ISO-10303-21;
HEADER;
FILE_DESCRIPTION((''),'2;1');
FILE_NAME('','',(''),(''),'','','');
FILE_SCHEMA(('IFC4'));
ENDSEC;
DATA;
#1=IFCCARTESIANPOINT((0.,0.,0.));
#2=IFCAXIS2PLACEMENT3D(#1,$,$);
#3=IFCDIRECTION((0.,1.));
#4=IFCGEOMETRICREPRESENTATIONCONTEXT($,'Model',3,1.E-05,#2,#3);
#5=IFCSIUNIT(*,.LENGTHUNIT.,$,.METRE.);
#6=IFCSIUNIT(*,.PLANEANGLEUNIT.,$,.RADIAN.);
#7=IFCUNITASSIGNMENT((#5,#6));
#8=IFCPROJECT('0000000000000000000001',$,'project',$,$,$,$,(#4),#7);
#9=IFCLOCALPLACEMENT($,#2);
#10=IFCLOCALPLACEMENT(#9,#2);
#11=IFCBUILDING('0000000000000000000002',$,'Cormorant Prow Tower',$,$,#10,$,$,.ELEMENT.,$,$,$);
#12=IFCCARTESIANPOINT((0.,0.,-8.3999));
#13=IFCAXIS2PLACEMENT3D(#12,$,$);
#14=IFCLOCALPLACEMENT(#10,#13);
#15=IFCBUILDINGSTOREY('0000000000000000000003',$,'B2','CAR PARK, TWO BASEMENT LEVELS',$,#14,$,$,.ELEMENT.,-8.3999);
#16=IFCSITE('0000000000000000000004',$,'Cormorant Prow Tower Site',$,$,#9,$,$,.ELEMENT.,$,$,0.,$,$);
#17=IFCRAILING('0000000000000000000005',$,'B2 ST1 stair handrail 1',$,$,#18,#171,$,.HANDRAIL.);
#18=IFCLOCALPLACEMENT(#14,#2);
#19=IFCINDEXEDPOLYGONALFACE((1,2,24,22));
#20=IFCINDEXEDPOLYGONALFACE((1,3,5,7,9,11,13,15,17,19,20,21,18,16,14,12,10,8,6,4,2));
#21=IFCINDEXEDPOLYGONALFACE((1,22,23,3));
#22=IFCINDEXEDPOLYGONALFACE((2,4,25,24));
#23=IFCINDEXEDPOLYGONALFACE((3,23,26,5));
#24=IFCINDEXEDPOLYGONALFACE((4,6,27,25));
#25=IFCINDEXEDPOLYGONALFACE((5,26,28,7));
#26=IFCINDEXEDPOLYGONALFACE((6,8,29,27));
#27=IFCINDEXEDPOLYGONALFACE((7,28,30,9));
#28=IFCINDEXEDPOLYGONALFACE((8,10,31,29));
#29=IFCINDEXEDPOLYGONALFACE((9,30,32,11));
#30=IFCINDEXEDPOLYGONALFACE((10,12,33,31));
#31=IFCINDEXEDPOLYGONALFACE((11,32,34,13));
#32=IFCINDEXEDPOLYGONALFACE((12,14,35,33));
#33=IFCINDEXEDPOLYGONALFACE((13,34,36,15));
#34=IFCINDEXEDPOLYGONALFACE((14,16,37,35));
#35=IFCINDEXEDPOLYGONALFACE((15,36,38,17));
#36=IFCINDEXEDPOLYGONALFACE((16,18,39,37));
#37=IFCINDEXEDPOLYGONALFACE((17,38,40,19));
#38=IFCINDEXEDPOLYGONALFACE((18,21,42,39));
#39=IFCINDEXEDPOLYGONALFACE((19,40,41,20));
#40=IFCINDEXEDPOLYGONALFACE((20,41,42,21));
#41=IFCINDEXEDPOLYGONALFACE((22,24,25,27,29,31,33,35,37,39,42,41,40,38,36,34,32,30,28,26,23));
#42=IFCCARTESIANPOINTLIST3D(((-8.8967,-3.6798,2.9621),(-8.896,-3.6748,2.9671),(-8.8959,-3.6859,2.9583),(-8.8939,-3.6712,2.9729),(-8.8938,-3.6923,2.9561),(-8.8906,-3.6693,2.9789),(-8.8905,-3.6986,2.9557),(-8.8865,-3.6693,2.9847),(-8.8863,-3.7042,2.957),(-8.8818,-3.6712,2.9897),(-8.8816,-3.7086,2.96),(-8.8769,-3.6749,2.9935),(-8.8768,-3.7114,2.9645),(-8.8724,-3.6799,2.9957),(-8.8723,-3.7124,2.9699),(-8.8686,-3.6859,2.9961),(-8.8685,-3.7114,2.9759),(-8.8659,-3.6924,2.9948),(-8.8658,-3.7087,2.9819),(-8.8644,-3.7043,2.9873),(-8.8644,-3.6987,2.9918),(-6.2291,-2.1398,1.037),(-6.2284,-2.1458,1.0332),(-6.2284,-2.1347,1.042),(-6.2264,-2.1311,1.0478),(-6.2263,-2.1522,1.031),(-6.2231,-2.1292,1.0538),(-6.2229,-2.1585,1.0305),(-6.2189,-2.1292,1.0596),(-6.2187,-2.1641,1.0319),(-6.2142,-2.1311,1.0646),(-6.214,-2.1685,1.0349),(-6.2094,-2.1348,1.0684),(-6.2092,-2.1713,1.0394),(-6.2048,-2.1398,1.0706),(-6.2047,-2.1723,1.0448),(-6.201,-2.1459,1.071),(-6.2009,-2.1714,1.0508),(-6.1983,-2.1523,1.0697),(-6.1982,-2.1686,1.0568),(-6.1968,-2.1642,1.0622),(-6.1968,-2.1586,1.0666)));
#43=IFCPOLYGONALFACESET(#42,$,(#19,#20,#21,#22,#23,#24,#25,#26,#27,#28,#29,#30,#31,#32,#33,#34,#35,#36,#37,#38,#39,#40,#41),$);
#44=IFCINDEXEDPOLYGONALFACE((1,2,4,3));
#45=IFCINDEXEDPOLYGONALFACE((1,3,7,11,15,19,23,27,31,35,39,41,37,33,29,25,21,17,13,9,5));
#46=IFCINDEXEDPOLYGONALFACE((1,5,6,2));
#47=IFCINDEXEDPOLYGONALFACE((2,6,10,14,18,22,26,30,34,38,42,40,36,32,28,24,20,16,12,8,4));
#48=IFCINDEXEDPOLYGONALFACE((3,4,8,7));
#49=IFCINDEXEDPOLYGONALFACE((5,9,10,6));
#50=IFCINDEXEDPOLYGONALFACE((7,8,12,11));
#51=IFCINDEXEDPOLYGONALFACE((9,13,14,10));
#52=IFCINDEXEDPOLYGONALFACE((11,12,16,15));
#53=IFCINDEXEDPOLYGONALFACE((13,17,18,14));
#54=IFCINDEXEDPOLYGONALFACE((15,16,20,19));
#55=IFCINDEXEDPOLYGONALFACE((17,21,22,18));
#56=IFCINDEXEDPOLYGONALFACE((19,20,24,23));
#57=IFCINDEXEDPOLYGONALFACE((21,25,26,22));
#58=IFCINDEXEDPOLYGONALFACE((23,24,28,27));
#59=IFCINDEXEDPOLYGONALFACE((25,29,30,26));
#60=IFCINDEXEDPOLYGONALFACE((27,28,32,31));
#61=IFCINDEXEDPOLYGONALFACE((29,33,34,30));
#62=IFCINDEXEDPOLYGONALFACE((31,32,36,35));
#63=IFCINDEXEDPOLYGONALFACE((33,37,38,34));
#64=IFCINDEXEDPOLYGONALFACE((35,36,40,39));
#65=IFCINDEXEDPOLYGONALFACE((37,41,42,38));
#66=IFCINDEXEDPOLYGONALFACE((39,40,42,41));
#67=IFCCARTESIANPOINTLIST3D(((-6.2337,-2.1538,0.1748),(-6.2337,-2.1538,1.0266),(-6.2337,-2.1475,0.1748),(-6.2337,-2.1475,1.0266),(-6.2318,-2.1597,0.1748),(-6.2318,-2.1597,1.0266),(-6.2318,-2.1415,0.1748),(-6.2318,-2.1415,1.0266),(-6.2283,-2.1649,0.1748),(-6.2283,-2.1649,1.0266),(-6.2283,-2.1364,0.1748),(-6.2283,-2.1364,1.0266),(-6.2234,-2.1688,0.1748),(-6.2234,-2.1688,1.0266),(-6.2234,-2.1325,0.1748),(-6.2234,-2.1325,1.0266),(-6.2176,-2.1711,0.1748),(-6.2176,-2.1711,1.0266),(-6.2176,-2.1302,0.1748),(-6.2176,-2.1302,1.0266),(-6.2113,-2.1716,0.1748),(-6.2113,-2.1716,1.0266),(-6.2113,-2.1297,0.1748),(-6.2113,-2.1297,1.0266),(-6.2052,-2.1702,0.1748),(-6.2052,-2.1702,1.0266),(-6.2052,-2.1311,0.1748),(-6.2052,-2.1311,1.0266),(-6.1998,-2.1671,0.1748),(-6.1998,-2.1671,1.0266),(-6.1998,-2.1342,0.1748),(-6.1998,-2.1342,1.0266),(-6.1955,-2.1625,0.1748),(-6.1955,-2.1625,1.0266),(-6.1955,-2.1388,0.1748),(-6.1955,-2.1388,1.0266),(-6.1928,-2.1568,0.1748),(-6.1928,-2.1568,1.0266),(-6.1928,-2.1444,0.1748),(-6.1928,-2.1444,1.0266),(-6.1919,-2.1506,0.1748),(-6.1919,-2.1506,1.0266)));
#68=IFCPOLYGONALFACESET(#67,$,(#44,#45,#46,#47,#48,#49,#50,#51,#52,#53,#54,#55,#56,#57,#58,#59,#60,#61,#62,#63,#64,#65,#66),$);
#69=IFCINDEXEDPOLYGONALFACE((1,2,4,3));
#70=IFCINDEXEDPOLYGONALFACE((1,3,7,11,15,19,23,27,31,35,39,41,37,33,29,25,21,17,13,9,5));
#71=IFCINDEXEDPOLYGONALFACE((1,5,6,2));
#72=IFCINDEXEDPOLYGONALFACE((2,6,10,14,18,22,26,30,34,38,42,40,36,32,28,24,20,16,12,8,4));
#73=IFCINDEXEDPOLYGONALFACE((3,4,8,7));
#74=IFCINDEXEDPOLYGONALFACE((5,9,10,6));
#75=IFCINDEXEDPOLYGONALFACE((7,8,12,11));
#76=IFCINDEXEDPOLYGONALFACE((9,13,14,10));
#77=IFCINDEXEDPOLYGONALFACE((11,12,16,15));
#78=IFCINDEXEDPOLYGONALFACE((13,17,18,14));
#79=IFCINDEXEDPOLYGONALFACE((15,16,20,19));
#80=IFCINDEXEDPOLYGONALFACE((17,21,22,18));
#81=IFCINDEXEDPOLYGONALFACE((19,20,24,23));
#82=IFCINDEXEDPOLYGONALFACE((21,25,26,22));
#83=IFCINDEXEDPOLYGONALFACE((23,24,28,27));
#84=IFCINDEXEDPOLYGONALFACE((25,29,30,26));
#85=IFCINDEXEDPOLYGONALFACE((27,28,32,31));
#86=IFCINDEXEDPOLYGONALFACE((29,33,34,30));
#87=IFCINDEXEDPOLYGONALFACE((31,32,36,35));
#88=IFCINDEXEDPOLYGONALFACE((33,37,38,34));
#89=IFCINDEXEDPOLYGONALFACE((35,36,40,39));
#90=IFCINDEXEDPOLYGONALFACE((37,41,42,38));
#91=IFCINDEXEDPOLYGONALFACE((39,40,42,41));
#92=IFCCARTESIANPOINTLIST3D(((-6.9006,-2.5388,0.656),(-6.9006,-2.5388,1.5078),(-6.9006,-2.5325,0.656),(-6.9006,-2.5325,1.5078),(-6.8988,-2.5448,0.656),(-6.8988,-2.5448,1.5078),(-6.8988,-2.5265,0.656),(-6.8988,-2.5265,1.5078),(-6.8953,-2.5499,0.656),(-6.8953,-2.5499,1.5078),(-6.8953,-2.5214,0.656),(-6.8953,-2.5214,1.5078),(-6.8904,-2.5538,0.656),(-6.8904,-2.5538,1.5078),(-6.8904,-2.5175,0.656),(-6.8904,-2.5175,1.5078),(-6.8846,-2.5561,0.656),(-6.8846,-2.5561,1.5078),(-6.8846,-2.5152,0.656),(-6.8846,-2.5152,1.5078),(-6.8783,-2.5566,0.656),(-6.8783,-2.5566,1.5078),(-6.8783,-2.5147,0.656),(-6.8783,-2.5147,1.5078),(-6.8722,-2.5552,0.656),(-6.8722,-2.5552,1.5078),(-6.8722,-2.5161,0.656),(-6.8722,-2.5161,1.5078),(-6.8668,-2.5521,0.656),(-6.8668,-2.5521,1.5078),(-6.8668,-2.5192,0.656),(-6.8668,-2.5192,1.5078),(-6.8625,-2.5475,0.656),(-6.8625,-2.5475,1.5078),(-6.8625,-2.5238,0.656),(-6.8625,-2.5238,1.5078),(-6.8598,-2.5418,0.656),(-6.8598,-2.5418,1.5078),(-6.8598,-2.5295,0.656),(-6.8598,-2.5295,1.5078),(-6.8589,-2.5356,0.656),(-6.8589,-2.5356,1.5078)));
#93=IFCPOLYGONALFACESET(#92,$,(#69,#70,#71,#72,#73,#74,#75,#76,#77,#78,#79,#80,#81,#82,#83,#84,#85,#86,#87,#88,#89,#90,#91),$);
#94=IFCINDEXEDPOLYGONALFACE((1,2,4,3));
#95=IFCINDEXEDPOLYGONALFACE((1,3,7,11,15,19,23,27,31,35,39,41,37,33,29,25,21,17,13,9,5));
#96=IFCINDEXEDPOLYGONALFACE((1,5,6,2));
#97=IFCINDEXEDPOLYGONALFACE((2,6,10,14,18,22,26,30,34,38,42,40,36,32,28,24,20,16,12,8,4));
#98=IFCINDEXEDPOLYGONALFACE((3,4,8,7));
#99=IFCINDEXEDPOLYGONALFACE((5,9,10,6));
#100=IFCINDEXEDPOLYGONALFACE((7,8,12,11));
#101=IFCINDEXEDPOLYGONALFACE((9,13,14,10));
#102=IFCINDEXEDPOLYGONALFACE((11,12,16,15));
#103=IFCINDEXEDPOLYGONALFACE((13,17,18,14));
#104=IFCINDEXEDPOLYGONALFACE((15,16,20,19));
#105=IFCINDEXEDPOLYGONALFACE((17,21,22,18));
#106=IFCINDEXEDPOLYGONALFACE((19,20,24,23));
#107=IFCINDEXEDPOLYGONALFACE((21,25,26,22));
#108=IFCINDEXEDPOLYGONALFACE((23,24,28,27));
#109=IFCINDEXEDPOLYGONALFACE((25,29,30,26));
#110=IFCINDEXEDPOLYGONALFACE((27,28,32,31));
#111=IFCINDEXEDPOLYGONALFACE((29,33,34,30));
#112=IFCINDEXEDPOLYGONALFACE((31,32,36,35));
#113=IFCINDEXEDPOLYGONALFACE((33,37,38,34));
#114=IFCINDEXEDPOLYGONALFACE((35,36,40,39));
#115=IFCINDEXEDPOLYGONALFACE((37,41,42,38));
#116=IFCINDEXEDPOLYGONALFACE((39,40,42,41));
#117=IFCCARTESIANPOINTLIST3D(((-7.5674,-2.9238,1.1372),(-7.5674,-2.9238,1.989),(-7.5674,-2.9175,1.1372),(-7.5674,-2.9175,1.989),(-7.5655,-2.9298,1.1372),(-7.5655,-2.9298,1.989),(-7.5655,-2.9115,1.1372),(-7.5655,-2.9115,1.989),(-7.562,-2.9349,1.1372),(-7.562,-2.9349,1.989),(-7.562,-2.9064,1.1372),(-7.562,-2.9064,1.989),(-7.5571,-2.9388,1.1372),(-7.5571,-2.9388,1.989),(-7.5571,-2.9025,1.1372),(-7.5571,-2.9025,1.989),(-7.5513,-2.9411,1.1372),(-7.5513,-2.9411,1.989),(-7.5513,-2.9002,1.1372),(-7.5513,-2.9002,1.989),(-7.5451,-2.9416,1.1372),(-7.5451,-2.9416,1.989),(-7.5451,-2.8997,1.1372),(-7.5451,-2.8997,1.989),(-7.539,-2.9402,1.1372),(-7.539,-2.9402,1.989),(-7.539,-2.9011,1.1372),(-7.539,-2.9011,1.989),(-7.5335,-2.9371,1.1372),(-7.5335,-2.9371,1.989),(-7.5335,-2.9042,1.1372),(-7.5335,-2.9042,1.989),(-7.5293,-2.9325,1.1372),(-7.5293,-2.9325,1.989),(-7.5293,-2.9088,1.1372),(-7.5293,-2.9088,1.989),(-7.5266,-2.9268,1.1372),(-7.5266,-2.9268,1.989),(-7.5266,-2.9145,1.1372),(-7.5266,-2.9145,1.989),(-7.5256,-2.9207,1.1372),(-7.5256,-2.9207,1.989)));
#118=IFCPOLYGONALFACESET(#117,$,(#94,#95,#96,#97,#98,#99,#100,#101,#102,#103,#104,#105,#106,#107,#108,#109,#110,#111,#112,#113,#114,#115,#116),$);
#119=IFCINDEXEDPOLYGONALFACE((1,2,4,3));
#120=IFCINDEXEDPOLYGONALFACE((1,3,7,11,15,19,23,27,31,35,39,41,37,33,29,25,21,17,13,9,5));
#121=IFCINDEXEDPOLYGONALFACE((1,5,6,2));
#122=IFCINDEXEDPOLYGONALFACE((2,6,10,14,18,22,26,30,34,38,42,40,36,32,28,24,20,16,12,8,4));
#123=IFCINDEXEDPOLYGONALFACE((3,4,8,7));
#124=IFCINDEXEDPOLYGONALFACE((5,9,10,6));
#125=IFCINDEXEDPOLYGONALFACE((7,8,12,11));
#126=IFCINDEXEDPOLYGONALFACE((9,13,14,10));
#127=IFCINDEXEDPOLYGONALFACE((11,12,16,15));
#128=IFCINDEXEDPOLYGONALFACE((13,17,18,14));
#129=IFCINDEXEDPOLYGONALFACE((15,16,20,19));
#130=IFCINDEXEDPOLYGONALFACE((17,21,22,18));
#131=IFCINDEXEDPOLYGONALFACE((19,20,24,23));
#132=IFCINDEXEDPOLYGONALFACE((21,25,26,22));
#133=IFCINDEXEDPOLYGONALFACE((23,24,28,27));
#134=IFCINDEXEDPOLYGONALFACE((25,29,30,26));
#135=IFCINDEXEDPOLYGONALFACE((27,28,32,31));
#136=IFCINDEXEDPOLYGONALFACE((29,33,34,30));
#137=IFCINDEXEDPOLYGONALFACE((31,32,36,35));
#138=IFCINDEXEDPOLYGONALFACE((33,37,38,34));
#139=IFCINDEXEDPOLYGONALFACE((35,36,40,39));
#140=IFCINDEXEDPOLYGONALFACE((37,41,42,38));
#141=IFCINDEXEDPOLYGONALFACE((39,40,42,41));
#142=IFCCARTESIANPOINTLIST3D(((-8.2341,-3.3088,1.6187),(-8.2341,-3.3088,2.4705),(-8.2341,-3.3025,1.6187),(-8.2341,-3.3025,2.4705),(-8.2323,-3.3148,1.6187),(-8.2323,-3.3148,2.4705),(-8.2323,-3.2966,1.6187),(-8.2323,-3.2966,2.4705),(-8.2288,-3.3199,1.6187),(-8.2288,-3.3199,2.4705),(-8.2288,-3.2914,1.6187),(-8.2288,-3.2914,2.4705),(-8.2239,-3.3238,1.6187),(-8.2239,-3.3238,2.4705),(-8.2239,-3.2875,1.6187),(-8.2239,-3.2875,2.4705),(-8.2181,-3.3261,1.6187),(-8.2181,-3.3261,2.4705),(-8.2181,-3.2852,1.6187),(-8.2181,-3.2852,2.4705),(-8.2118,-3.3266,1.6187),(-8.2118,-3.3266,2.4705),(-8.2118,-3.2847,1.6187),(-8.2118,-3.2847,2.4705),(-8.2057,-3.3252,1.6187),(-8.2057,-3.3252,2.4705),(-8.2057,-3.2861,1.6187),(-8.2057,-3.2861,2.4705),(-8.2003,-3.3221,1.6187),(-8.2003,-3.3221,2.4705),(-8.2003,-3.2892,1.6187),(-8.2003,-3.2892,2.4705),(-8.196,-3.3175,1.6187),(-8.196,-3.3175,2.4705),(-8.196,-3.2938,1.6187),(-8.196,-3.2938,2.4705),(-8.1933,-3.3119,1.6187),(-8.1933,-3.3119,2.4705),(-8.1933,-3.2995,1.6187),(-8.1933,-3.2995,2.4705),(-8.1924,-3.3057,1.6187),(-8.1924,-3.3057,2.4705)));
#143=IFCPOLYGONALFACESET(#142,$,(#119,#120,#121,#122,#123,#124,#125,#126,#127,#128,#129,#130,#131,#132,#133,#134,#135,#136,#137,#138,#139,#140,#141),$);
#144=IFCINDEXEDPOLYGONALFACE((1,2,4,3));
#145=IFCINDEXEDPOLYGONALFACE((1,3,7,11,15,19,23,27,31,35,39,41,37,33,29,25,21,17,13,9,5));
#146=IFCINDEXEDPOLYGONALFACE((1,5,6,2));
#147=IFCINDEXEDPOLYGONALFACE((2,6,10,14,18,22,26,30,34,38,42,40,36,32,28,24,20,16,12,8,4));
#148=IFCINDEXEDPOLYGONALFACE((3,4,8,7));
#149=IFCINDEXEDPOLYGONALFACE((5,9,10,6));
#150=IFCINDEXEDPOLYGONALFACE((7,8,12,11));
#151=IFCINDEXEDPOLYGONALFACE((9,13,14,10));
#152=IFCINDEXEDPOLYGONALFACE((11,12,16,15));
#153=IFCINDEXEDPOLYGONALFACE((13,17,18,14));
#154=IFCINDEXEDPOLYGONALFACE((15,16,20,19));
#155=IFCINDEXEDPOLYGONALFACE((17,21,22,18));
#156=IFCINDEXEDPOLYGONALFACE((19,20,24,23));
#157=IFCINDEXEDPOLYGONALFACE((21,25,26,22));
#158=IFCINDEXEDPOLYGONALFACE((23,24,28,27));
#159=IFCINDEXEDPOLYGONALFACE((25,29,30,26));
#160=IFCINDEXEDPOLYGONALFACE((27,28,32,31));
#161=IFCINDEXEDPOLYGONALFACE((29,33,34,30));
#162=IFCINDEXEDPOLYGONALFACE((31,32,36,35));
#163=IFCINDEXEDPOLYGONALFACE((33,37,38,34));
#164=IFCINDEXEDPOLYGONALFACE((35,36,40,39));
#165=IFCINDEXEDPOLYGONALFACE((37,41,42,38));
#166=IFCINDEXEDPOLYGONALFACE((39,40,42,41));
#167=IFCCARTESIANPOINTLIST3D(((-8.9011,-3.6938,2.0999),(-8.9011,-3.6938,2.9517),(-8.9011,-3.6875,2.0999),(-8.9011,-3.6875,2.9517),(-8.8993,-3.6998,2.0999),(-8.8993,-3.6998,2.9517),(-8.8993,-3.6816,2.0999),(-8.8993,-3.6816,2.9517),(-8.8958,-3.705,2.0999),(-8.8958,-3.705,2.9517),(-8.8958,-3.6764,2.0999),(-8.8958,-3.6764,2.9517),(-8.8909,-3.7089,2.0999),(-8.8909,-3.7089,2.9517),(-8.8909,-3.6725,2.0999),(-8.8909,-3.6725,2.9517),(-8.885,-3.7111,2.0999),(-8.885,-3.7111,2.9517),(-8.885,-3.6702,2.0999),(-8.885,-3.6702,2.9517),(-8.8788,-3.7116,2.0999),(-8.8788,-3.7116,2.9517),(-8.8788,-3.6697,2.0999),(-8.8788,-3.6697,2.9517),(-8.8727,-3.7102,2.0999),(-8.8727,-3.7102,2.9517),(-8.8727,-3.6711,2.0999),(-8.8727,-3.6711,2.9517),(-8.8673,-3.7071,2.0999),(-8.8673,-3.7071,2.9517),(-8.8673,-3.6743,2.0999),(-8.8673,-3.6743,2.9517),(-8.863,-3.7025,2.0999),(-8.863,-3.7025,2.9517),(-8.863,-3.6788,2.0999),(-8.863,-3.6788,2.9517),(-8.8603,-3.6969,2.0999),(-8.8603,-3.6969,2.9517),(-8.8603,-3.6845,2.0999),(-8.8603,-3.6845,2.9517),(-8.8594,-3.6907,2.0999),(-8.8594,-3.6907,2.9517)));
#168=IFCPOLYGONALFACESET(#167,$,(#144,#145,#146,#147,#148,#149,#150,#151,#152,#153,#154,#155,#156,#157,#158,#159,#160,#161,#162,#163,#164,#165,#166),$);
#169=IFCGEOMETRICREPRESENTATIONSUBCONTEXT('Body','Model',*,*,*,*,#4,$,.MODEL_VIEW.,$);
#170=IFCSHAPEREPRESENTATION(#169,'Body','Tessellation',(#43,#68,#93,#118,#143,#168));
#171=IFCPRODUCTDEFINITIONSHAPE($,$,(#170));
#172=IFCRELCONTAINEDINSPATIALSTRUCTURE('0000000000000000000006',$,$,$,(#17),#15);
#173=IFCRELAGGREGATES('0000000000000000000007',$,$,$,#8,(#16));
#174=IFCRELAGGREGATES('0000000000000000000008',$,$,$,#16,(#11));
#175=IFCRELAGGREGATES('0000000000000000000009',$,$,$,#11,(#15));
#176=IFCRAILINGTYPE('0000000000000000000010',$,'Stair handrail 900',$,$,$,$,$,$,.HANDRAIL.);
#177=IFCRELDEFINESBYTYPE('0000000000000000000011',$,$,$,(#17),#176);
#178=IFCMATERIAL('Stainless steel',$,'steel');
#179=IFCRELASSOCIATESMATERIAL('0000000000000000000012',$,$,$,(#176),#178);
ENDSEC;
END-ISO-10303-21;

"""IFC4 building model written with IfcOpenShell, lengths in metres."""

from ifc_helpers import new_model, si_unit, direction, frame, origin, origin_2d, place, context, subcontext, project, spatial, circle, extrude, material, type_object, element, save


model = new_model("IFC4")

# Units and contexts
model_context = context("Model", 3, precision=1e-05, world=origin(), true_north=direction((0.0, 1.0)))
body_context = subcontext(model_context, "Body", "Model", "MODEL_VIEW")
ifc_project = project(units=[si_unit("LENGTHUNIT", "METRE"), si_unit("PLANEANGLEUNIT", "RADIAN")], contexts=[model_context])

# Site, building, storey
site_placement = place(None, origin())
site = spatial("IfcSite", under=ifc_project, at=site_placement, Name="Cormorant Prow Tower Site", CompositionType="ELEMENT", RefElevation=0.0)
building_placement = place(site_placement, origin())
building = spatial("IfcBuilding", under=site, at=building_placement, Name="Cormorant Prow Tower", CompositionType="ELEMENT")
storey_placement = place(building_placement, frame((0.0, 0.0, -8.3999)))
storey = spatial("IfcBuildingStorey", under=building, at=storey_placement, Name="B2", Description="CAR PARK, TWO BASEMENT LEVELS", CompositionType="ELEMENT", Elevation=-8.3999)

# Railing
ifc_material_1 = material(Name="Stainless steel", Category="steel")
railing_type_1 = type_object("IfcRailingType", Name="Stair handrail 900", PredefinedType="HANDRAIL", material=ifc_material_1)
railing_1_placement = place(storey_placement, frame((-6.2129, -2.1506, 0.1748)))
element("IfcRailing", 1, at=railing_1_placement, inside=storey, type_object=railing_type_1, Name="B2 ST1 stair handrail 1", PredefinedType="HANDRAIL", context=body_context, shape_type="SweptSolid", body=[
    extrude(circle(Radius=0.0239, at=origin_2d()), frame((0.0, 0.0, 0.876), z_axis=(-0.734395, -0.423994, 0.529993), x_axis=(0.499992, -0.86603, 0.0)), (0.0, 0.0, 1.0), 3.6323),
    extrude(circle(Radius=0.021, at=origin_2d()), origin(), (0.0, 0.0, 1.0), 0.8518),
    extrude(circle(Radius=0.021, at=origin_2d()), frame((-0.667, -0.385, 0.4812)), (0.0, 0.0, 1.0), 0.8518),
    extrude(circle(Radius=0.021, at=origin_2d()), frame((-1.3337, -0.77, 0.9624)), (0.0, 0.0, 1.0), 0.8518),
    extrude(circle(Radius=0.021, at=origin_2d()), frame((-2.0005, -1.155, 1.4438)), (0.0, 0.0, 1.0), 0.8518),
    extrude(circle(Radius=0.021, at=origin_2d()), frame((-2.6675, -1.54, 1.925)), (0.0, 0.0, 1.0), 0.8518),
])

save(model, "model.ifc")
